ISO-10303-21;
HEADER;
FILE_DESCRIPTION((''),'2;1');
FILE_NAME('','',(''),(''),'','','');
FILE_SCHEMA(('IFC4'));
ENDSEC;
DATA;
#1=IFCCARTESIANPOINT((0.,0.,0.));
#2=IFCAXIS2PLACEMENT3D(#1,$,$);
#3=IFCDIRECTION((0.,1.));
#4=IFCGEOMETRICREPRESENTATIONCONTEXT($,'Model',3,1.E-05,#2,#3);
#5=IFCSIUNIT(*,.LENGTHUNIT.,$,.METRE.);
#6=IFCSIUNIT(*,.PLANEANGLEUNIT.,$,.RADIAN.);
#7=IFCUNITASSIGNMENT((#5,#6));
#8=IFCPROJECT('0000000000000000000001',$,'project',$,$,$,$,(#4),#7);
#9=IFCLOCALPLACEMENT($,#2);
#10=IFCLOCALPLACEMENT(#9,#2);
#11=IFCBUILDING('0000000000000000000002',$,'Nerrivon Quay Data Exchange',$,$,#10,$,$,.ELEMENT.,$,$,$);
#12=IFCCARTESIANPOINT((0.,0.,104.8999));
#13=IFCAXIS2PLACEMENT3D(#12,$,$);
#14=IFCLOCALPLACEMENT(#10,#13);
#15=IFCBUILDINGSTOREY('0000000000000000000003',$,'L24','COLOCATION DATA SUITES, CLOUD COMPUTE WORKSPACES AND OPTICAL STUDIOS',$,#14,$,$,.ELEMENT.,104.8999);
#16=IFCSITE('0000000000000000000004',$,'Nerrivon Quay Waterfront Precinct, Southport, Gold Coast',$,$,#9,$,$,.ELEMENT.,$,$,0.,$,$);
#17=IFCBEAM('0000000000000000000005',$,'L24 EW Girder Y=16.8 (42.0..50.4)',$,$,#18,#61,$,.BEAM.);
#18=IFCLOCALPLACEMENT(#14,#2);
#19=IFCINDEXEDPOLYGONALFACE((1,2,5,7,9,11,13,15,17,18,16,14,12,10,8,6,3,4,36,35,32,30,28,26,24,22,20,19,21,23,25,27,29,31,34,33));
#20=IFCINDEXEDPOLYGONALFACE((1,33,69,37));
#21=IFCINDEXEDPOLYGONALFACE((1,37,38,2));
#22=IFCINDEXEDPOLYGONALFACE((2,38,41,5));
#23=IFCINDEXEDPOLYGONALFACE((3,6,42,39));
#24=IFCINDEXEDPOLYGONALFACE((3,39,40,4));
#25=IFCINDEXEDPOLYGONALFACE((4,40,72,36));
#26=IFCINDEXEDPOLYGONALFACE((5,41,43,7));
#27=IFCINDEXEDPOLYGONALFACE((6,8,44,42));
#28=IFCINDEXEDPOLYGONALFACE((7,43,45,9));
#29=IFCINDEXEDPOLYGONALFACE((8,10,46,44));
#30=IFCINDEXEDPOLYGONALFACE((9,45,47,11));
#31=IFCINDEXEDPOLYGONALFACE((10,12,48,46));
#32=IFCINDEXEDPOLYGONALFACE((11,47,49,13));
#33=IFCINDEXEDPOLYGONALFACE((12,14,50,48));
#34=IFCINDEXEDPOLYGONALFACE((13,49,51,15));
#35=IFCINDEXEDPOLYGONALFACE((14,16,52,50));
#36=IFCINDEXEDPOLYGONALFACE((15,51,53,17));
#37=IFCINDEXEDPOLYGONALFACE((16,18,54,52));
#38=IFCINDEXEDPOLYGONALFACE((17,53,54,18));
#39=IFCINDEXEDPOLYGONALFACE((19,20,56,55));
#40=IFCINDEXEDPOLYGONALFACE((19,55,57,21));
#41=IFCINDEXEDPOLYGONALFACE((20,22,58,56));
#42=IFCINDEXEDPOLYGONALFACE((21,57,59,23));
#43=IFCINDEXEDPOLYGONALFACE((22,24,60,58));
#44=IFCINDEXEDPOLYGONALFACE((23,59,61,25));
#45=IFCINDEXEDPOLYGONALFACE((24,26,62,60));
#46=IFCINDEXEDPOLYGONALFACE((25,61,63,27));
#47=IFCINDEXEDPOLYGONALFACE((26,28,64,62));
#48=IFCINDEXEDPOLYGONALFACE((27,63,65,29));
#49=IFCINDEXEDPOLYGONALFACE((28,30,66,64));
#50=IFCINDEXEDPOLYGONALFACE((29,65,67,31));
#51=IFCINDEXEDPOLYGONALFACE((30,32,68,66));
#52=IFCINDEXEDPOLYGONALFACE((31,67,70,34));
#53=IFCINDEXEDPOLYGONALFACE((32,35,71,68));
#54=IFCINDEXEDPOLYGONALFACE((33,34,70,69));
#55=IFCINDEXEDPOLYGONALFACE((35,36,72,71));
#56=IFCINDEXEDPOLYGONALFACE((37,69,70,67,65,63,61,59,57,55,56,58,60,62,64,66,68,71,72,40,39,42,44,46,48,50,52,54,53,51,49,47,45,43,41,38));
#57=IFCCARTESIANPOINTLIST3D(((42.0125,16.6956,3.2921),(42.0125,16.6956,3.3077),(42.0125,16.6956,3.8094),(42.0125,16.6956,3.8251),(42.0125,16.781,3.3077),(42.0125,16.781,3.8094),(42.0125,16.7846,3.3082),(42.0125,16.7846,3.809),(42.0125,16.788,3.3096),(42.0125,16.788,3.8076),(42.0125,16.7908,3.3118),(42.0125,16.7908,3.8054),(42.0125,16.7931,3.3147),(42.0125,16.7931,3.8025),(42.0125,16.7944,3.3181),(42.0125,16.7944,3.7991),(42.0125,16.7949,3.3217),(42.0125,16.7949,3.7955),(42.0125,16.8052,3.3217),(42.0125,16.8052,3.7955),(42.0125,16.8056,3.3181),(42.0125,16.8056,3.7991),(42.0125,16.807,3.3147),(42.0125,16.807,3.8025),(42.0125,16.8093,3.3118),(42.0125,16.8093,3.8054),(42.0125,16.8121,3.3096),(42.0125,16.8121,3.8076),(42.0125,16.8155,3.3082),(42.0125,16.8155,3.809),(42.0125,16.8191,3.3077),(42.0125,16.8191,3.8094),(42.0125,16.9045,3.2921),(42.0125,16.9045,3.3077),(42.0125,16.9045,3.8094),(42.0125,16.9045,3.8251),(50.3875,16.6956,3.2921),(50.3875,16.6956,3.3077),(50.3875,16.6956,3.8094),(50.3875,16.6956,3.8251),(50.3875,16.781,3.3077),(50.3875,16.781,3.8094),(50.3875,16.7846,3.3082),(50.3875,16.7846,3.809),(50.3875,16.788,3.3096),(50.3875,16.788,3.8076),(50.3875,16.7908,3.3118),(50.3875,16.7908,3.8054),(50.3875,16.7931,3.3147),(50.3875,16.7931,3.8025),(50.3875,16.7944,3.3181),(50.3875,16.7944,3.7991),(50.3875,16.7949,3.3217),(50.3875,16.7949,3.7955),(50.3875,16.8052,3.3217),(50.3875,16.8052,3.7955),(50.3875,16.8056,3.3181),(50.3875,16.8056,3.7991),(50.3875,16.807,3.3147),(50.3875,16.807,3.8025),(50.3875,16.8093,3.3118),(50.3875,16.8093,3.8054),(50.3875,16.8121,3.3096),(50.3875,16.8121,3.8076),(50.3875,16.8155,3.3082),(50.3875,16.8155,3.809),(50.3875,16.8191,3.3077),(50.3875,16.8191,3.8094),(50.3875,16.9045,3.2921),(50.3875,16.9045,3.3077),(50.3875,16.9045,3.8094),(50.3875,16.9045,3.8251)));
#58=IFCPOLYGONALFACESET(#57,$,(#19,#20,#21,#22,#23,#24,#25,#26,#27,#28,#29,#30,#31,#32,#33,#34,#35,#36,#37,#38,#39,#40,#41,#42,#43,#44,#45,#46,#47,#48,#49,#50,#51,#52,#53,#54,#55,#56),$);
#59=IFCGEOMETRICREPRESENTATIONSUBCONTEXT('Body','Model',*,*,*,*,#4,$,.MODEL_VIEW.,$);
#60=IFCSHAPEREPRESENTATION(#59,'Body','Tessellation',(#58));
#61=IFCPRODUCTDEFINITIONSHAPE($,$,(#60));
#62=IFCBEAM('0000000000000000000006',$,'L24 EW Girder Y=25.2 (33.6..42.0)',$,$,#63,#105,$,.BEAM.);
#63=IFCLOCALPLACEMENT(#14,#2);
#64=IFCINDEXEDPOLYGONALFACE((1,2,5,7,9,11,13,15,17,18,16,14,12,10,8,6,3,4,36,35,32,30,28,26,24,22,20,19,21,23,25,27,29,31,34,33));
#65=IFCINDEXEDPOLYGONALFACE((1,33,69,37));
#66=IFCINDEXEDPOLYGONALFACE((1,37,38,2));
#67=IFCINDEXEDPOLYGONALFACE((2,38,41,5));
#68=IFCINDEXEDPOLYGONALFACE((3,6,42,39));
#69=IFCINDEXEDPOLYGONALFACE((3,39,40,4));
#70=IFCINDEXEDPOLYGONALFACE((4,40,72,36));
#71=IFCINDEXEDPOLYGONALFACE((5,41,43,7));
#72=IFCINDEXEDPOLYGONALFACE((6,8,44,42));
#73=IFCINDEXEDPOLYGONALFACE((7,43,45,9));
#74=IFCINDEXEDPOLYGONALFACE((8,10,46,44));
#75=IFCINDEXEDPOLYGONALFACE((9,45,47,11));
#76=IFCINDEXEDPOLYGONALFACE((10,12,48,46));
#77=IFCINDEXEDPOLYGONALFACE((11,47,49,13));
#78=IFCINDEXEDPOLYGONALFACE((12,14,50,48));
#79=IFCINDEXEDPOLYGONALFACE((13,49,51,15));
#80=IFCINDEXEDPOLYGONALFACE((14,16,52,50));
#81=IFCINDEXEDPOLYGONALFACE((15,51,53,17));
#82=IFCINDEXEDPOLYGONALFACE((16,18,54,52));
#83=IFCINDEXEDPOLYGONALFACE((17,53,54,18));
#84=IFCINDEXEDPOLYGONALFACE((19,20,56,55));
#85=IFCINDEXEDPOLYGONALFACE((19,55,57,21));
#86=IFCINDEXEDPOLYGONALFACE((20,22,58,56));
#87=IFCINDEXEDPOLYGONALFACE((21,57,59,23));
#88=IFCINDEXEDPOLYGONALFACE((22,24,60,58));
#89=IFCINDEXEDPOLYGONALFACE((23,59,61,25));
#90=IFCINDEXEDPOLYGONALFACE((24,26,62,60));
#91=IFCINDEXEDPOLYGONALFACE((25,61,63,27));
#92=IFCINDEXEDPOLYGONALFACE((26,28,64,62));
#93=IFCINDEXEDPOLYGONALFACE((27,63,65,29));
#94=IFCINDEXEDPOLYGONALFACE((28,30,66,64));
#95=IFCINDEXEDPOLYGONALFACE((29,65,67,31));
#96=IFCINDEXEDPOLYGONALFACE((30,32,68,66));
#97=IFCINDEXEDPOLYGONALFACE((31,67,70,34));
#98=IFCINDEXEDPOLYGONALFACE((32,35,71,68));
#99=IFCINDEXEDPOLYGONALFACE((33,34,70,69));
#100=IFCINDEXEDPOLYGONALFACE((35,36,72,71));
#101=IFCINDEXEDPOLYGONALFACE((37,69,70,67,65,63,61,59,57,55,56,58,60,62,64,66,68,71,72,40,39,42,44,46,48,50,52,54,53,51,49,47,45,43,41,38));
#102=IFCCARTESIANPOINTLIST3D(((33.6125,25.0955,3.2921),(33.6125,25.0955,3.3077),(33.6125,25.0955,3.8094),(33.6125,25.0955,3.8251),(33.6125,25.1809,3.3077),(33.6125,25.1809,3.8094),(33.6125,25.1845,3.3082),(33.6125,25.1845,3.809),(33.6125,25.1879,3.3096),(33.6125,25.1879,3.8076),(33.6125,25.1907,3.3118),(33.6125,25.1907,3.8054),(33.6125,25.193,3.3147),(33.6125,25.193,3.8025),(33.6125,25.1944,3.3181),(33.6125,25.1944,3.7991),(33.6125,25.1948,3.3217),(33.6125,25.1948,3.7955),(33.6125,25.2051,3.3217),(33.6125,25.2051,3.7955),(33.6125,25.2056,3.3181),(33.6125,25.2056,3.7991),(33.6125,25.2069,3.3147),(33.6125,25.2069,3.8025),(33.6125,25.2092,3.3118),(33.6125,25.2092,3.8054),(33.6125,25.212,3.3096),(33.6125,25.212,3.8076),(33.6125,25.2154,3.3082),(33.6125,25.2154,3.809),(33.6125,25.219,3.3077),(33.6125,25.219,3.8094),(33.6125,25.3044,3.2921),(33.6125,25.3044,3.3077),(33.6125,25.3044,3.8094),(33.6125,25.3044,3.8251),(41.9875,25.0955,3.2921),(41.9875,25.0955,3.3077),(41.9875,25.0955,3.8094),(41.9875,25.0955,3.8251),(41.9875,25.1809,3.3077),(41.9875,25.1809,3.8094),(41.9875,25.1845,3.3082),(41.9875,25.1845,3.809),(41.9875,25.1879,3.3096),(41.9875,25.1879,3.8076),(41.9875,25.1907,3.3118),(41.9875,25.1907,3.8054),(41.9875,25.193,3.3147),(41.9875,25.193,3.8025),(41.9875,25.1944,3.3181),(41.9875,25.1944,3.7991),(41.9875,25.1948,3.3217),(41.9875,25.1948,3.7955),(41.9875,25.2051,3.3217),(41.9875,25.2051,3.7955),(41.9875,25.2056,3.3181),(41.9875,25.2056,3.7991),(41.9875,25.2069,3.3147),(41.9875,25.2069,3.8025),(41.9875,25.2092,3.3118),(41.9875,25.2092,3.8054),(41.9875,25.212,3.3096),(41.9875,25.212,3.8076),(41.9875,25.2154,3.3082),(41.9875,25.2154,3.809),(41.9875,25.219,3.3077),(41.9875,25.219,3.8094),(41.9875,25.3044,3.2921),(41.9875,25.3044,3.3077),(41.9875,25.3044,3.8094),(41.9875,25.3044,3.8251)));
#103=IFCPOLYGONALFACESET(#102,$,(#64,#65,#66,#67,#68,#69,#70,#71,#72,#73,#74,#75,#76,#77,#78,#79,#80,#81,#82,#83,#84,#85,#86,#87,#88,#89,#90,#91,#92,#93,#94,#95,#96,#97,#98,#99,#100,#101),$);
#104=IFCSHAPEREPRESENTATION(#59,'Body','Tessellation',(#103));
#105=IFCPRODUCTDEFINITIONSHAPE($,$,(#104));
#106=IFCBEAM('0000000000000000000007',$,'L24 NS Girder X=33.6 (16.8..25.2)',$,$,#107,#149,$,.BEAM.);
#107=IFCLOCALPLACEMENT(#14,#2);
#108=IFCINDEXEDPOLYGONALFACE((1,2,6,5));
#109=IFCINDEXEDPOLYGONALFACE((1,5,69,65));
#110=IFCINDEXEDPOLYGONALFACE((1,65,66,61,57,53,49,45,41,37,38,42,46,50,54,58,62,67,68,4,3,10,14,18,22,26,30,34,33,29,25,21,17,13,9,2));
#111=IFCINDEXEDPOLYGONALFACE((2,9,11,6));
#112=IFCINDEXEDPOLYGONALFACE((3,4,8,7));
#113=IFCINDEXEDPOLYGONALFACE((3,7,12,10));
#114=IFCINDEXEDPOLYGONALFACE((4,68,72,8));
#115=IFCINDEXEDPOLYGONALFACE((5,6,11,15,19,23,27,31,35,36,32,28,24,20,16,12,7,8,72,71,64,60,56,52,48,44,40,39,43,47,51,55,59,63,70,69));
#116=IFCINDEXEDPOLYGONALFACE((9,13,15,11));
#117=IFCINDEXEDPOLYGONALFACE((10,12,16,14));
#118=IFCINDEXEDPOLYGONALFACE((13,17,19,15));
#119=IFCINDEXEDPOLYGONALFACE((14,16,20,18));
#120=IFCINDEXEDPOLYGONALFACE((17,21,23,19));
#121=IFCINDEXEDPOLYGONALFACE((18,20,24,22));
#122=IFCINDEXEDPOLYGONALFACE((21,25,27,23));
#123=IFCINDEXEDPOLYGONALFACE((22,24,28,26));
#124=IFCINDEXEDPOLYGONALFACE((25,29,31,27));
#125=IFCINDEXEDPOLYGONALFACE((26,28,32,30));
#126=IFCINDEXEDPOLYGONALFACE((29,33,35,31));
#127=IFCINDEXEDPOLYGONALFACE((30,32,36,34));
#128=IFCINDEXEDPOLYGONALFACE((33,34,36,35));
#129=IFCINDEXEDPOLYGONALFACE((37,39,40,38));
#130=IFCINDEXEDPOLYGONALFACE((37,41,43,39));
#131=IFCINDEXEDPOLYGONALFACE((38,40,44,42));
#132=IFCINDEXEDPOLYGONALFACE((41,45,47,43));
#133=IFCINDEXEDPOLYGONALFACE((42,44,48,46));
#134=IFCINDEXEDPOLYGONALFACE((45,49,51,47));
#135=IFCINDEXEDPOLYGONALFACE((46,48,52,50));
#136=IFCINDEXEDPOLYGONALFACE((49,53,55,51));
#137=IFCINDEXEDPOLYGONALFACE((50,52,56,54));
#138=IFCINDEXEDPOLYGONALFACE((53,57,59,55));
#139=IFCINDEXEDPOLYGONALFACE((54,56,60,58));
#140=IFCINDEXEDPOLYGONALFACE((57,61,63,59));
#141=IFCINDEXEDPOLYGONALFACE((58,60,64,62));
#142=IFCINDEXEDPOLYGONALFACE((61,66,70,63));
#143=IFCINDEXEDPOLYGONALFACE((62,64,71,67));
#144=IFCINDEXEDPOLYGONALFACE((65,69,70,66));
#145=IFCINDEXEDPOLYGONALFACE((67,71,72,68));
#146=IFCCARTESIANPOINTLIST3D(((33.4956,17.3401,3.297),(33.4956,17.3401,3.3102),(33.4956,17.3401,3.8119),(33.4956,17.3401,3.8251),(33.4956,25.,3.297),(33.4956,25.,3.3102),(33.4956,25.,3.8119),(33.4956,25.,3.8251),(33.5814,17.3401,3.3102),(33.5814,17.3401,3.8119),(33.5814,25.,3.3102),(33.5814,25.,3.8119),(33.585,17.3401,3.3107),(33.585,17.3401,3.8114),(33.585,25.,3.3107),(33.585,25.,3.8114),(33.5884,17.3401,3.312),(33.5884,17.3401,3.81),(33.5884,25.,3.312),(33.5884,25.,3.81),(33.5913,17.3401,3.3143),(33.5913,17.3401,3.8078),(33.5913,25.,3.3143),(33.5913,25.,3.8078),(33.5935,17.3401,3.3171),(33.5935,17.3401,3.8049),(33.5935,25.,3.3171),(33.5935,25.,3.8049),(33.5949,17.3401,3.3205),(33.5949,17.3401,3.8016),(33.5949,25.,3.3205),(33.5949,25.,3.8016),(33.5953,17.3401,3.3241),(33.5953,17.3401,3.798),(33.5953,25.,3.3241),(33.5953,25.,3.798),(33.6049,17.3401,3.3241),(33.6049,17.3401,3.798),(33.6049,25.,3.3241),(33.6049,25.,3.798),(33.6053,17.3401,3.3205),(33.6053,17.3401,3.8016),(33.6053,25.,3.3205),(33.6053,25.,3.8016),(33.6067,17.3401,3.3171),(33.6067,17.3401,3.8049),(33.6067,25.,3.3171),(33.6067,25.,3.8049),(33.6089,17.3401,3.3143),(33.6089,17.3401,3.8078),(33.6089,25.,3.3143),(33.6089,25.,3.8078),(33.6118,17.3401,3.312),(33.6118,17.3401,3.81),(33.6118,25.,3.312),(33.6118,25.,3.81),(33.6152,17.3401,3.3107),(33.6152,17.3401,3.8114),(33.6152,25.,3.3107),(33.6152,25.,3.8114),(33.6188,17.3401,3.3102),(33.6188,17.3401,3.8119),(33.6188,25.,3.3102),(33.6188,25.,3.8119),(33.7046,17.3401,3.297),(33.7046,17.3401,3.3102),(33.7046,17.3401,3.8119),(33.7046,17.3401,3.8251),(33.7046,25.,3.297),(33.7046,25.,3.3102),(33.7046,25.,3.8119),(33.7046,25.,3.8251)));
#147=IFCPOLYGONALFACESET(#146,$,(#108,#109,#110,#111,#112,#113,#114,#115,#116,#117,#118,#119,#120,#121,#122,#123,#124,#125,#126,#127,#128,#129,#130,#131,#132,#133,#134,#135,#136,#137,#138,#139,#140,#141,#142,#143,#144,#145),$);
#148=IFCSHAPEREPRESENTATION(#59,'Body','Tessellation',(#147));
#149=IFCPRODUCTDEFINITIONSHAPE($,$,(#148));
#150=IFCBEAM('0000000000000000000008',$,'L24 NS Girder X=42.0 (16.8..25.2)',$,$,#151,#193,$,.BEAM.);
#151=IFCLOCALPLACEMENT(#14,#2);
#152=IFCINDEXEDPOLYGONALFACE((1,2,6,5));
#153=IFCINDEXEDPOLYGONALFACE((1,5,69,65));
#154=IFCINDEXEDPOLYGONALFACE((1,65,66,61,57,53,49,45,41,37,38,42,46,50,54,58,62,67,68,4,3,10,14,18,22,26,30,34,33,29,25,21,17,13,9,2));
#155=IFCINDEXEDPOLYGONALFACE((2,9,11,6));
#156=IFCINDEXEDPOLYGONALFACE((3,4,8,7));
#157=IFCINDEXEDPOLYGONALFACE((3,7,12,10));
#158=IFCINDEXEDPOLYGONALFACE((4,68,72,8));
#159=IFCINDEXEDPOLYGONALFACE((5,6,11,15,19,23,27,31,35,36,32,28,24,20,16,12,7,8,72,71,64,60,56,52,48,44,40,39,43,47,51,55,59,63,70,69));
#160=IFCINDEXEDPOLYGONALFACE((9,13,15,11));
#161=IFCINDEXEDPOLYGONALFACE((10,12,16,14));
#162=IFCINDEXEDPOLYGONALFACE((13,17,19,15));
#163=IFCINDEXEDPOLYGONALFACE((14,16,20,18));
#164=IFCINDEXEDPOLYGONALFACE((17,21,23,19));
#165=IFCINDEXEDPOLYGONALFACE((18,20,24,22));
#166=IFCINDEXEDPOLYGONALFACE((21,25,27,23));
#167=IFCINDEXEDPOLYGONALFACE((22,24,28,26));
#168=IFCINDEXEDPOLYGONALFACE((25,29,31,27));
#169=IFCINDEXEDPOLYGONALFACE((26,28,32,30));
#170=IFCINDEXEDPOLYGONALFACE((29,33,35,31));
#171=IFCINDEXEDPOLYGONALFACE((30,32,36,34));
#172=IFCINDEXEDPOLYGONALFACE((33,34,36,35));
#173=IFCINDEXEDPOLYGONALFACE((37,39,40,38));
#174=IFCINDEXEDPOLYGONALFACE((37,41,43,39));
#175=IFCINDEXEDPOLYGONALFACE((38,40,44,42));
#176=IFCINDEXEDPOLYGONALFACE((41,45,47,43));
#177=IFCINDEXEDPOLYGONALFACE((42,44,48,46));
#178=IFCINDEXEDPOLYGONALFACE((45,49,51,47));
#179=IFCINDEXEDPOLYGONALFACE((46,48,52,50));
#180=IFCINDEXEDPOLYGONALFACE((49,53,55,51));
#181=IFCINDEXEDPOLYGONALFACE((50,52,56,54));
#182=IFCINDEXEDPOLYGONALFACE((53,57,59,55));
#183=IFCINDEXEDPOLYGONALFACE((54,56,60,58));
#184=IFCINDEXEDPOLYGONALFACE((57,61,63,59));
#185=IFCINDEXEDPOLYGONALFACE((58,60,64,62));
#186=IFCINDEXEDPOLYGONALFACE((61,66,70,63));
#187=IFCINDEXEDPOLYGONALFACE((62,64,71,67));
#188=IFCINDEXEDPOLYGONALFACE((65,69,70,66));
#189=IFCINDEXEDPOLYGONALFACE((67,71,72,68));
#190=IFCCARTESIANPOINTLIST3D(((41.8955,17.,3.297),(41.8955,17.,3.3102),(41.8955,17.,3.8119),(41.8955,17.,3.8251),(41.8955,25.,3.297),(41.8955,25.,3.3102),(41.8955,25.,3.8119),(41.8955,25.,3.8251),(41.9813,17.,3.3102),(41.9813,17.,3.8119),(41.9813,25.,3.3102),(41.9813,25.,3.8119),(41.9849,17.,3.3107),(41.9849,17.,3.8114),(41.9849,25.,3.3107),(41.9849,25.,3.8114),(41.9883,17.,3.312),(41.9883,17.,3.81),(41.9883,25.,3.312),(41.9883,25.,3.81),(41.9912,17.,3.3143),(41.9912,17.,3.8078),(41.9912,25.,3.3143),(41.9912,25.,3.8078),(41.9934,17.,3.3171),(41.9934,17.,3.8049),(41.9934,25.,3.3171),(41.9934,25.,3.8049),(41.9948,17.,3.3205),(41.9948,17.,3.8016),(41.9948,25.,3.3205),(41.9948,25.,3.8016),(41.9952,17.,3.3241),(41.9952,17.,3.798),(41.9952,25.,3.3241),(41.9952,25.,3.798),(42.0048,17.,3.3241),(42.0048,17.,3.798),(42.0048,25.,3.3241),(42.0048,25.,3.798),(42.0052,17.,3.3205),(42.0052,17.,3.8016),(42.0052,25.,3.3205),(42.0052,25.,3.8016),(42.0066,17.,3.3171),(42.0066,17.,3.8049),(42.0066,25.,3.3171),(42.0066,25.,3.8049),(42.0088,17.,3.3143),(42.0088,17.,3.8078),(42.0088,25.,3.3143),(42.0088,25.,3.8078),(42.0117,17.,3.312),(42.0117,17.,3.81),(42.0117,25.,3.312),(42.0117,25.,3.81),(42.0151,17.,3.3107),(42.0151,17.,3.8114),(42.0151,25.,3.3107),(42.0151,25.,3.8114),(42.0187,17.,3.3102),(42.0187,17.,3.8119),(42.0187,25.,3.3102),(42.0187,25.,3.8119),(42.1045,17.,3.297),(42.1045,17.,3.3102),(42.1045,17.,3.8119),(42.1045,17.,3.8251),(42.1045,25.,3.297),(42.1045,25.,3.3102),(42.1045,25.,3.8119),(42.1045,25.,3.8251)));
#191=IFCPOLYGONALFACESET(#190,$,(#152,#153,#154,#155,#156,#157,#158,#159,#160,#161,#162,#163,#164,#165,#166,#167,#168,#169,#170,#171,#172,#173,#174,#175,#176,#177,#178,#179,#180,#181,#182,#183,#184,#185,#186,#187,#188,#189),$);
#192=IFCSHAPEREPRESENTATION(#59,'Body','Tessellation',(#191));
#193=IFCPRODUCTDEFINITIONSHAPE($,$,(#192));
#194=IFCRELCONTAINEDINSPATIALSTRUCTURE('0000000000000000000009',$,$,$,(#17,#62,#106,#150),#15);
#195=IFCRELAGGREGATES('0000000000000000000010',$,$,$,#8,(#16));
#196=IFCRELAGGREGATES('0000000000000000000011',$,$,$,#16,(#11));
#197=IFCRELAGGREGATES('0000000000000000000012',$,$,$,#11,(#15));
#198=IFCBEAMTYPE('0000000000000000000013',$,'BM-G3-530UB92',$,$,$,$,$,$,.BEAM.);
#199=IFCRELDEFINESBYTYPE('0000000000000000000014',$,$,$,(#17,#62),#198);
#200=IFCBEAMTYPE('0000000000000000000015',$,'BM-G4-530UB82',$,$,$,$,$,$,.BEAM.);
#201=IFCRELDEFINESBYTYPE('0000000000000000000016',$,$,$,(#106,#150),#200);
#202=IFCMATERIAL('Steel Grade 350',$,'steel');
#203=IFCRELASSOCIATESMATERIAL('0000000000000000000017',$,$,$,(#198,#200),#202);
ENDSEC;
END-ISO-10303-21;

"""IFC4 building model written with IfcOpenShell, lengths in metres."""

from ifc_helpers import new_model, si_unit, direction, frame, origin, origin_2d, place, context, subcontext, project, spatial, i_section, extrude, material, material_profile, profile_set, type_object, element, save


model = new_model("IFC4")

# Units and contexts
model_context = context("Model", 3, precision=1e-05, world=origin(), true_north=direction((0.0, 1.0)))
body_context = subcontext(model_context, "Body", "Model", "MODEL_VIEW")
ifc_project = project(units=[si_unit("LENGTHUNIT", "METRE"), si_unit("PLANEANGLEUNIT", "RADIAN")], contexts=[model_context])

# Site, building, storey
site_placement = place(None, origin())
site = spatial("IfcSite", under=ifc_project, at=site_placement, Name="Nerrivon Quay Waterfront Precinct, Southport, Gold Coast", CompositionType="ELEMENT", RefElevation=0.0)
building_placement = place(site_placement, origin())
building = spatial("IfcBuilding", under=site, at=building_placement, Name="Nerrivon Quay Data Exchange", CompositionType="ELEMENT")
storey_placement = place(building_placement, frame((0.0, 0.0, 104.8999)))
storey = spatial("IfcBuildingStorey", under=building, at=storey_placement, Name="L24", Description="COLOCATION DATA SUITES, CLOUD COMPUTE WORKSPACES AND OPTICAL STUDIOS", CompositionType="ELEMENT", Elevation=104.8999)

# Shared definitions
ifc_material_1 = material(Name="Steel Grade 350", Category="steel")

# Beams
ifc_material_profile_1 = material_profile(ifc_material_1, i_section(OverallWidth=0.209, OverallDepth=0.533, WebThickness=0.0103, FlangeThickness=0.0156, FilletRadius=0.0139, at=origin_2d()), Name="530UB92.4")
ifc_profile_set_1 = profile_set([ifc_material_profile_1], Name="Steel Grade 350")
beam_type_1 = type_object("IfcBeamType", Name="BM-G3-530UB92", PredefinedType="BEAM", material=ifc_profile_set_1)
for number, where, z_axis, x_axis, name in (
    (1, (42.0125, 16.8, 3.5586), (1.0, 0.0, 0.0), (0.0, 1.0, 0.0), "L24 EW Girder Y=16.8 (42.0..50.4)"),
    (2, (33.6125, 25.2, 3.5586), (1.0, 0.0, 0.0), (0.0, 1.0, 0.0), "L24 EW Girder Y=25.2 (33.6..42.0)"),
):
    element("IfcBeam", number, at=place(storey_placement, frame(where, z_axis=z_axis, x_axis=x_axis)), inside=storey, type_object=beam_type_1, Name=name, PredefinedType="BEAM", context=body_context, shape_type="SweptSolid", body=[
        extrude(i_section(OverallWidth=0.209, OverallDepth=0.533, WebThickness=0.0103, FlangeThickness=0.0156, FilletRadius=0.0139, at=origin_2d()), origin(), (0.0, 0.0, 1.0), 8.375),
    ])
ifc_material_profile_2 = material_profile(ifc_material_1, i_section(OverallWidth=0.209, OverallDepth=0.5281, WebThickness=0.0095, FlangeThickness=0.0132, FilletRadius=0.0139, at=origin_2d()), Name="530UB82.0")
ifc_profile_set_2 = profile_set([ifc_material_profile_2], Name="Steel Grade 350")
beam_type_2 = type_object("IfcBeamType", Name="BM-G4-530UB82", PredefinedType="BEAM", material=ifc_profile_set_2)
beam_1_placement = place(storey_placement, frame((33.6001, 17.3401, 3.561), z_axis=(0.0, 1.0, 0.0), x_axis=(-1.0, 0.0, 0.0)))
element("IfcBeam", 3, at=beam_1_placement, inside=storey, type_object=beam_type_2, Name="L24 NS Girder X=33.6 (16.8..25.2)", PredefinedType="BEAM", context=body_context, shape_type="SweptSolid", body=[
    extrude(i_section(OverallWidth=0.209, OverallDepth=0.5281, WebThickness=0.0095, FlangeThickness=0.0132, FilletRadius=0.0139, at=origin_2d()), origin(), (0.0, 0.0, 1.0), 7.6599),
])
beam_2_placement = place(storey_placement, frame((42.0, 17.0, 3.561), z_axis=(0.0, 1.0, 0.0), x_axis=(-1.0, 0.0, 0.0)))
element("IfcBeam", 4, at=beam_2_placement, inside=storey, type_object=beam_type_2, Name="L24 NS Girder X=42.0 (16.8..25.2)", PredefinedType="BEAM", context=body_context, shape_type="SweptSolid", body=[
    extrude(i_section(OverallWidth=0.209, OverallDepth=0.5281, WebThickness=0.0095, FlangeThickness=0.0132, FilletRadius=0.0139, at=origin_2d()), origin(), (0.0, 0.0, 1.0), 8.0),
])

save(model, "model.ifc")
